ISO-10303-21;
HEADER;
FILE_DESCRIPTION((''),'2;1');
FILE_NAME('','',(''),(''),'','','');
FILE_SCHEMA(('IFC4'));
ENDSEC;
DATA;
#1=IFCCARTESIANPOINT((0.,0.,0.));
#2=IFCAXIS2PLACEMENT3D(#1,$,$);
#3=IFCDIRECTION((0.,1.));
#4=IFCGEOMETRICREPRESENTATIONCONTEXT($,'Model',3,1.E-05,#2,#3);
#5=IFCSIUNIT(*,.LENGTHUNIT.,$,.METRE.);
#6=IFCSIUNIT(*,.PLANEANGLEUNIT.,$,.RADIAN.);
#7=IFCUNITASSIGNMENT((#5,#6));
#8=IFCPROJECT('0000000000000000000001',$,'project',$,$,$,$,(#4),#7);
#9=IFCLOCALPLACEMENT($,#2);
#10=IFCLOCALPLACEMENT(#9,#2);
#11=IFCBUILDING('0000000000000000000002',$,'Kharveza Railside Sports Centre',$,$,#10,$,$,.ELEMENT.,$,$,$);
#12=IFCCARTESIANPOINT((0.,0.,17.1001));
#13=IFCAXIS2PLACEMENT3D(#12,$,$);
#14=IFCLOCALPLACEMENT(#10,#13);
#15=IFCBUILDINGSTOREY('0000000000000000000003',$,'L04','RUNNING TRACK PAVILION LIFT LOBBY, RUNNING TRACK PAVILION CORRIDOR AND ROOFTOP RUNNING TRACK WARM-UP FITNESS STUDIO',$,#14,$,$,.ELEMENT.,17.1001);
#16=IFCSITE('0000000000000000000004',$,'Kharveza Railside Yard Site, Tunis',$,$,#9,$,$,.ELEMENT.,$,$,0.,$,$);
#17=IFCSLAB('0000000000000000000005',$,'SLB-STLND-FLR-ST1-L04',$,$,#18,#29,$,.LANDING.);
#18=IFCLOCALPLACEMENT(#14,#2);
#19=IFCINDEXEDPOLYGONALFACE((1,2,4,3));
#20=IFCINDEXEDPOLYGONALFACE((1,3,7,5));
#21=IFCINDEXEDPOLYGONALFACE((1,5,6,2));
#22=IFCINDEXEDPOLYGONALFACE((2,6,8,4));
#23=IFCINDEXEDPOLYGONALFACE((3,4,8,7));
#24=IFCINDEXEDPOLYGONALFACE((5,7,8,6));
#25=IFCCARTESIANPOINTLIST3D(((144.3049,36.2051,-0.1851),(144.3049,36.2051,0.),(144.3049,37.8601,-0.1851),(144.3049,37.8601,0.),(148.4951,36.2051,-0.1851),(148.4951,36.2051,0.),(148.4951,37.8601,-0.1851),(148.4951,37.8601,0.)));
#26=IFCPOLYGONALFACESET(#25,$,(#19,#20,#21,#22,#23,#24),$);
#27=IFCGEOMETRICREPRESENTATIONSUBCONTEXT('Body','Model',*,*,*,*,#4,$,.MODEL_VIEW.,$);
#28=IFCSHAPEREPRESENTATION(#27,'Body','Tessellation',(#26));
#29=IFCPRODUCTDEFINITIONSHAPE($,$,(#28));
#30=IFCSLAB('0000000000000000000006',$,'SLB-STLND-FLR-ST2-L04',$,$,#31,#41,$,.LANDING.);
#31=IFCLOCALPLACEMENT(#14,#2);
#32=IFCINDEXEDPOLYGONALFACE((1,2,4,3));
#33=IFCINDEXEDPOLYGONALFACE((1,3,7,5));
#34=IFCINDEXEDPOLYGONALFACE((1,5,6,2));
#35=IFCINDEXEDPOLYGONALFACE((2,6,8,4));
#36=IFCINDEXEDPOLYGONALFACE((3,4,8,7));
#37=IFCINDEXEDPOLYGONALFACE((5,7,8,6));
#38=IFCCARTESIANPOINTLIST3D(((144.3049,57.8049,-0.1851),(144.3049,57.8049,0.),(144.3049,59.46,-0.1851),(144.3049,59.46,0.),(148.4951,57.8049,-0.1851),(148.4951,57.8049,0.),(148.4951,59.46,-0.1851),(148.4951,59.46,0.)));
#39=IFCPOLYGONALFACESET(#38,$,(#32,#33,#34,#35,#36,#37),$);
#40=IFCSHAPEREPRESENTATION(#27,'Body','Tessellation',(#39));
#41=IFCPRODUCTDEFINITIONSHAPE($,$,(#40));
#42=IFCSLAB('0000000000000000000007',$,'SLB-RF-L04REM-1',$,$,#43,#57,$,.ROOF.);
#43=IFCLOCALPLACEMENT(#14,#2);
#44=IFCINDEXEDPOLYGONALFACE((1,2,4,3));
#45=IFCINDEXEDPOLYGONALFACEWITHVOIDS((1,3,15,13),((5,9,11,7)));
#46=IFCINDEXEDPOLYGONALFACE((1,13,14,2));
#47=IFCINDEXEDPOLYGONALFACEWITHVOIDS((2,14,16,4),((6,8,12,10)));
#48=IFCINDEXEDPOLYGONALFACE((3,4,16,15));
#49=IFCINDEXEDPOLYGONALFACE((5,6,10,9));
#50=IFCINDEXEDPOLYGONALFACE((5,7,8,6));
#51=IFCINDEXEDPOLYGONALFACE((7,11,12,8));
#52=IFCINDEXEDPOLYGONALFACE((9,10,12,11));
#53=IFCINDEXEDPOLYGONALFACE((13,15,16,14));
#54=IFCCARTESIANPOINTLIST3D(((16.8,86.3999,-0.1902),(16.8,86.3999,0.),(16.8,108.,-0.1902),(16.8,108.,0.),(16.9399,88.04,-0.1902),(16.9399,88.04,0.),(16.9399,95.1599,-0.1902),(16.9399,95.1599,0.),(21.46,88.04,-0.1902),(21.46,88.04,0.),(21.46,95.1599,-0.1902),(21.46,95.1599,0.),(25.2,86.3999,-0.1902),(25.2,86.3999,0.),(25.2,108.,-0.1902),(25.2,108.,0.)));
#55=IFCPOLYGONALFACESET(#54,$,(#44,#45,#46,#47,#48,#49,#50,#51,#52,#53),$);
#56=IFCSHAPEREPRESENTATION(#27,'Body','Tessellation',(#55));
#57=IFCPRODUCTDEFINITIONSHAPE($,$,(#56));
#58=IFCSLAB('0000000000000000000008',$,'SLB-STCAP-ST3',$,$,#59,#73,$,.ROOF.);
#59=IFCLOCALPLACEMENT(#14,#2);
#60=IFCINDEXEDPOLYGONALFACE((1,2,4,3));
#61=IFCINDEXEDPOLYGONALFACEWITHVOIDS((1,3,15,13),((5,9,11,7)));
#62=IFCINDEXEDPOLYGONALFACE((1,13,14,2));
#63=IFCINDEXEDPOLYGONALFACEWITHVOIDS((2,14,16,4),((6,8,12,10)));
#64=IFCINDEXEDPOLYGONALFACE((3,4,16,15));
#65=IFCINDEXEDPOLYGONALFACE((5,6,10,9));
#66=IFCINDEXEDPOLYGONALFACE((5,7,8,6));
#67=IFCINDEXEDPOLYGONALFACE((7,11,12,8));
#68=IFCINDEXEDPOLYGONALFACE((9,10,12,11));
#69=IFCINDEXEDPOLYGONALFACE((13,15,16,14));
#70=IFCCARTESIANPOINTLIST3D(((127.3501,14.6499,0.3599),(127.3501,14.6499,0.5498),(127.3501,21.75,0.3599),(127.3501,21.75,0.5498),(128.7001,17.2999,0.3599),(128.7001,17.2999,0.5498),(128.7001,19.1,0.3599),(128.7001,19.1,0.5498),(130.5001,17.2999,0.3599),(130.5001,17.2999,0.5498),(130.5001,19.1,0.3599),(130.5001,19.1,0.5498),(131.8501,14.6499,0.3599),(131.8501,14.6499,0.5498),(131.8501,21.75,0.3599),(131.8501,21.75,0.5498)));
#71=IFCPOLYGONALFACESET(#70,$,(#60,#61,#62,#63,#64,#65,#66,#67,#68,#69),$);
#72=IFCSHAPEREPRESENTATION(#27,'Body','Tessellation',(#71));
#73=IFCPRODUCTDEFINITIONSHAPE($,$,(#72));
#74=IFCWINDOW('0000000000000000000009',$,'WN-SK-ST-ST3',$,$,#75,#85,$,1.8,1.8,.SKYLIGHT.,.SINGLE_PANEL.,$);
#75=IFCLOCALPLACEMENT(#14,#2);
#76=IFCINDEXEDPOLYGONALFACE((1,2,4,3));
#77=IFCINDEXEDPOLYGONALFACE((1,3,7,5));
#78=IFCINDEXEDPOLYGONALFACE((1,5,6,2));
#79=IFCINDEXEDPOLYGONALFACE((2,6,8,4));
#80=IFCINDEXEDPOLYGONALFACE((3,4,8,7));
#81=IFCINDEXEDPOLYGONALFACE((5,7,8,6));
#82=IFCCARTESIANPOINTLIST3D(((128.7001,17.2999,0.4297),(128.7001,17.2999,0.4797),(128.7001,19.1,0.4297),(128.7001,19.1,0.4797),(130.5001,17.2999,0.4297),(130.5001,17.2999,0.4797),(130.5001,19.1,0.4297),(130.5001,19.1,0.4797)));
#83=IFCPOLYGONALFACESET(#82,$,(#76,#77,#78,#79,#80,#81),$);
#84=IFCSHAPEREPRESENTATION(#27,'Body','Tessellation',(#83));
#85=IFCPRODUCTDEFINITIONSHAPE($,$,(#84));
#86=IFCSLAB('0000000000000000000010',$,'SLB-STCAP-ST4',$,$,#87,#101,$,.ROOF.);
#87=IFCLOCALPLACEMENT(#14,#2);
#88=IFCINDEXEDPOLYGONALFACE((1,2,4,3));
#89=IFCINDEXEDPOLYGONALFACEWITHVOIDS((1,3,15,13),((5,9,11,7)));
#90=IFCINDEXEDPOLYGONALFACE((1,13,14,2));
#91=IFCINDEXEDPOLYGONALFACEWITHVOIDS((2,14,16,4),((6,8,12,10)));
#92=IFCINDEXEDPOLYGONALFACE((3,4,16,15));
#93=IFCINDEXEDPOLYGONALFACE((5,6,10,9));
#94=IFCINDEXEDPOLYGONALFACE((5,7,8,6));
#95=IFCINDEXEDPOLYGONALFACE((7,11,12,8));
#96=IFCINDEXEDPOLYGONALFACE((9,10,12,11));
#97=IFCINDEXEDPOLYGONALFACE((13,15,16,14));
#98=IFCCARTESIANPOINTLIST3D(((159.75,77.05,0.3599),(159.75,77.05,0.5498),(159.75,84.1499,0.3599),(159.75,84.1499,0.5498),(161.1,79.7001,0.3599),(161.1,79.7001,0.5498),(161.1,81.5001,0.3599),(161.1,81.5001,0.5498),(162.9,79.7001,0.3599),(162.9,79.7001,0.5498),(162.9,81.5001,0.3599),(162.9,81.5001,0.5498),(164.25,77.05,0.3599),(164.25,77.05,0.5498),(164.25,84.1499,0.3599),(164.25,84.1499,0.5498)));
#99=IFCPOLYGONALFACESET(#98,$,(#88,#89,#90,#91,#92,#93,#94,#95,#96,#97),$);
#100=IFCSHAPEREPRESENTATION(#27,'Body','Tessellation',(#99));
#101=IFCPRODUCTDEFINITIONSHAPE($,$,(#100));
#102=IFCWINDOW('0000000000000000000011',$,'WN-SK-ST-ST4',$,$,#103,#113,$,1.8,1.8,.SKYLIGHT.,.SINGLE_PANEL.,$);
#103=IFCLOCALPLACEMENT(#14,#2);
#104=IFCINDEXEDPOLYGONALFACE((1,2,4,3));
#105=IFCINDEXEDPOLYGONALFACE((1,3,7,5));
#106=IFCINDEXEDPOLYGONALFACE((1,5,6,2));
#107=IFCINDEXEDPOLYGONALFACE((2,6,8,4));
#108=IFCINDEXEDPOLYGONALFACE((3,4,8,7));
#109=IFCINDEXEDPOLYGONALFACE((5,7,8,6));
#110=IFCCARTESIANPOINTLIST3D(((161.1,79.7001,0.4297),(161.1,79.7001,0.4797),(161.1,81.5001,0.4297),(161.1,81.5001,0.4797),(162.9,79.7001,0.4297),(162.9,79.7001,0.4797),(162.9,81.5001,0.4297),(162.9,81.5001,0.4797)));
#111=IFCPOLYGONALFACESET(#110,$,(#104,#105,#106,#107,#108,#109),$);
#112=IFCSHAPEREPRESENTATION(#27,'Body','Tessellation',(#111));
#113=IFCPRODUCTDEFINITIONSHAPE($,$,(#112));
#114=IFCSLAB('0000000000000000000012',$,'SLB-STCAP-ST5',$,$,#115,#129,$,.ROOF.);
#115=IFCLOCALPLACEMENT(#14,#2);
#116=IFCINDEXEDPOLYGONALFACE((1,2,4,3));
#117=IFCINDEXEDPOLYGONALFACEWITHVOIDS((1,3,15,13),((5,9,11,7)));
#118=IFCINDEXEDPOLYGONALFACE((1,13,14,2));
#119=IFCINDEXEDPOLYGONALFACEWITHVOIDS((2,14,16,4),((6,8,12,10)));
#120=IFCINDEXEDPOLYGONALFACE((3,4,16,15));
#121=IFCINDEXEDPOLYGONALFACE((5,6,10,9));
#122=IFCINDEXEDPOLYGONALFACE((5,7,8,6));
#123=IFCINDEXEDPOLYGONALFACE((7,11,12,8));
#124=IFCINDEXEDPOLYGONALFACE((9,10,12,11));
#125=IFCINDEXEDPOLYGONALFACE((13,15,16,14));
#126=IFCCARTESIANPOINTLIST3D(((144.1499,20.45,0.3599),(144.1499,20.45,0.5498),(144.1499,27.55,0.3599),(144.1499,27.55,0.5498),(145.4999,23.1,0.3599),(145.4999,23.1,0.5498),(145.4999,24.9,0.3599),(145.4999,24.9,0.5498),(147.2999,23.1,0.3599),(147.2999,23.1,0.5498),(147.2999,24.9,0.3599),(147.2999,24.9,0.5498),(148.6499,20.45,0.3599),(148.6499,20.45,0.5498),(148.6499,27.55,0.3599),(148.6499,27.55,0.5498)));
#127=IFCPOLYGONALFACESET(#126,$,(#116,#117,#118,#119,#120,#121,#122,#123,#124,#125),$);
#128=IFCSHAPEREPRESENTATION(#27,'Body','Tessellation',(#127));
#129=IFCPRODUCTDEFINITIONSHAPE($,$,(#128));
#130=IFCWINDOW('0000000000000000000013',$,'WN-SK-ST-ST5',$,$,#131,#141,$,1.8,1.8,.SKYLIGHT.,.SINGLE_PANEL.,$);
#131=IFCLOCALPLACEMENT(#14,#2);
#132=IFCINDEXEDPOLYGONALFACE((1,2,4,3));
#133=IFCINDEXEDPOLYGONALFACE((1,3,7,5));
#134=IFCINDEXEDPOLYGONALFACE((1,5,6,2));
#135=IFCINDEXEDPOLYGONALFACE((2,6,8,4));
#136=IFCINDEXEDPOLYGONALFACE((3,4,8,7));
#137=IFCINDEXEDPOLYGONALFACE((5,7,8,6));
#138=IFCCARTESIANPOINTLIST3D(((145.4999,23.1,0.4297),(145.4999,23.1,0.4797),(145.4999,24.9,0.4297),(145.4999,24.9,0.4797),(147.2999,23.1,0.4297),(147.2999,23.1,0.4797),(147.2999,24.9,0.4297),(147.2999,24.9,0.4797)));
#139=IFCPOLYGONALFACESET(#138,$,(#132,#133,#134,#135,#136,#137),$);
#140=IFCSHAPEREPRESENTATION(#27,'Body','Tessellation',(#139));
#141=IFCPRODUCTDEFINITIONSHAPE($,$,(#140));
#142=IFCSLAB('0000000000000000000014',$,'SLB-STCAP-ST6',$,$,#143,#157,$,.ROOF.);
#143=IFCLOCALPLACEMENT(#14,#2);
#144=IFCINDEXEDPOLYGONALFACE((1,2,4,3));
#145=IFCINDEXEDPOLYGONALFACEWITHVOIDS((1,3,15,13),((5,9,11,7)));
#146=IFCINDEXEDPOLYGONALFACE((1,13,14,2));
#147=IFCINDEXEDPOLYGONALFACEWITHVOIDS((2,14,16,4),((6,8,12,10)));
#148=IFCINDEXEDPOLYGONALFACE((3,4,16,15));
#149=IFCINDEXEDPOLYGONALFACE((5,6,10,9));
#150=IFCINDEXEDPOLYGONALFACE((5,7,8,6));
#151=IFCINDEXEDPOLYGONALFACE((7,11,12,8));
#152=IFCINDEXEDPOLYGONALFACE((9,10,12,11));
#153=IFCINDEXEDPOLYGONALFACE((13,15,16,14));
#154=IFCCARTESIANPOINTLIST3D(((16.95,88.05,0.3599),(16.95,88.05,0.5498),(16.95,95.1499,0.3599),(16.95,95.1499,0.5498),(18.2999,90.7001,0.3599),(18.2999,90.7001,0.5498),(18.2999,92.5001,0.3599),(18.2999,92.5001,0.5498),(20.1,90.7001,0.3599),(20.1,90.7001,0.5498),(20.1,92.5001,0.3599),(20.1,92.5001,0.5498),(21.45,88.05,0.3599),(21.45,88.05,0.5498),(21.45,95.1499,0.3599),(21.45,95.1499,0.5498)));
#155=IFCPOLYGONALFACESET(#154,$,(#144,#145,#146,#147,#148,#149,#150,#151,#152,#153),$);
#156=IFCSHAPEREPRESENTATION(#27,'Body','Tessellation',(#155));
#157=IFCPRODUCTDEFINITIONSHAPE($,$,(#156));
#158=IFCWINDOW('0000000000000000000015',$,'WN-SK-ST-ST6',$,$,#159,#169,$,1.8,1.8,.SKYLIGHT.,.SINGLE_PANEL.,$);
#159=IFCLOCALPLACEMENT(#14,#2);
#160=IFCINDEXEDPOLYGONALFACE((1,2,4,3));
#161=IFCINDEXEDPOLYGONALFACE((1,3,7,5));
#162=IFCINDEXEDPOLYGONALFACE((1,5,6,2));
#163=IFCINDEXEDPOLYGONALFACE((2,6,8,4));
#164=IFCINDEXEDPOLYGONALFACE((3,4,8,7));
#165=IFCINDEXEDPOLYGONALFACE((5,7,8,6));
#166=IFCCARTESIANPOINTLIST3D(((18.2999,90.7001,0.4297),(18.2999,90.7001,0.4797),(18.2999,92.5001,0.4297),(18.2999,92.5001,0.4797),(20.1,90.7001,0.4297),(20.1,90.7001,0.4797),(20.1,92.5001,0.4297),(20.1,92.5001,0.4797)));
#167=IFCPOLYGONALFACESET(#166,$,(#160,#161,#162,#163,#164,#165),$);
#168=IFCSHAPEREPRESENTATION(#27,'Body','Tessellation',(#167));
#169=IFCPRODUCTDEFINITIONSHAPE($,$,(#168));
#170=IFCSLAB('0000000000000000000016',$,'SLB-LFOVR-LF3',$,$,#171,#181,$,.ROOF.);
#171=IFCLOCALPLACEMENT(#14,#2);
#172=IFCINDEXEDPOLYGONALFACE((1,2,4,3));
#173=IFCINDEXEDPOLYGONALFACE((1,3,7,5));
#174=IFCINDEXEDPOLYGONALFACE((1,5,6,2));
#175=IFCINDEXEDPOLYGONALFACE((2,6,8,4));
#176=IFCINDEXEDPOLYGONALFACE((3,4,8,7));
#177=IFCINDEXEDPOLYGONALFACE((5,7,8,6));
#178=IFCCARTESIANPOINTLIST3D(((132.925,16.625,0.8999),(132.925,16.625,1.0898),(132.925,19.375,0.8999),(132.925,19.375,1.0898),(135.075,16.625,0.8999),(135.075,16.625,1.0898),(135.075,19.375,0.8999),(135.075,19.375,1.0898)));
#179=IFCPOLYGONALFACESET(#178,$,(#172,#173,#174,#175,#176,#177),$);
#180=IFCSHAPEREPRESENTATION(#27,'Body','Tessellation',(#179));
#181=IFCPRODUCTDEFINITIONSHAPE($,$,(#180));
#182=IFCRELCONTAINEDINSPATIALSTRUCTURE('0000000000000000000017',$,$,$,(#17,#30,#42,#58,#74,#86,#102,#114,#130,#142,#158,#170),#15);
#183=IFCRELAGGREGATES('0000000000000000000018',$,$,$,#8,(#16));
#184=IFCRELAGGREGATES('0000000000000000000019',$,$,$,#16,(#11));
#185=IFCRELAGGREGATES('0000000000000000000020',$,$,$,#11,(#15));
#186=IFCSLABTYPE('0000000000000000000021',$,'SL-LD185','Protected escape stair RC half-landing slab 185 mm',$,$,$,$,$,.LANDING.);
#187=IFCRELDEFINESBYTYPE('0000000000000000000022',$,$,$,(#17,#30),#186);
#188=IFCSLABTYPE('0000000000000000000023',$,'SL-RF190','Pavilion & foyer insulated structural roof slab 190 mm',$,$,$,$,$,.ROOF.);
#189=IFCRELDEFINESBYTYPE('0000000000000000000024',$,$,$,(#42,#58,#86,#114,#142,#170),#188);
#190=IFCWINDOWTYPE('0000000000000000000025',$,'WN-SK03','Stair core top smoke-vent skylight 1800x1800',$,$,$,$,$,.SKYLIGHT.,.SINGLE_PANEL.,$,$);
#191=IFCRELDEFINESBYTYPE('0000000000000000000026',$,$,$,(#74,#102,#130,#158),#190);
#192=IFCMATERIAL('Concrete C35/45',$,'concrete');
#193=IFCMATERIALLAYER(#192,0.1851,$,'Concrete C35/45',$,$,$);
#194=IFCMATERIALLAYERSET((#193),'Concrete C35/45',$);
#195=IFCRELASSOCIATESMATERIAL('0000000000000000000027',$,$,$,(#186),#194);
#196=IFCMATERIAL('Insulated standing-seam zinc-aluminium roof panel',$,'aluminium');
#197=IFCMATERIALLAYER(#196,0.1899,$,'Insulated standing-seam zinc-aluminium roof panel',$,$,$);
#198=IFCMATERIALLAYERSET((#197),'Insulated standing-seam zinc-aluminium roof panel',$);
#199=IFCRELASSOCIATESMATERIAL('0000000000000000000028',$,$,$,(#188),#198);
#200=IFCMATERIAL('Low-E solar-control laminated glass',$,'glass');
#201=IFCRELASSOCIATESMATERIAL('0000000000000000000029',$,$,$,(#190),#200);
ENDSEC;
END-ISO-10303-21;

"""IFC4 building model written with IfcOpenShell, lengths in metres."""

from ifc_helpers import new_model, si_unit, direction, frame, origin, origin_2d, place, context, subcontext, project, spatial, polyline, rectangle, outline, extrude, material, layer, layer_set, type_object, element, fill, save


model = new_model("IFC4")

# Units and contexts
model_context = context("Model", 3, precision=1e-05, world=origin(), true_north=direction((0.0, 1.0)))
body_context = subcontext(model_context, "Body", "Model", "MODEL_VIEW")
ifc_project = project(units=[si_unit("LENGTHUNIT", "METRE"), si_unit("PLANEANGLEUNIT", "RADIAN")], contexts=[model_context])

# Site, building, storey
site_placement = place(None, origin())
site = spatial("IfcSite", under=ifc_project, at=site_placement, Name="Kharveza Railside Yard Site, Tunis", CompositionType="ELEMENT", RefElevation=0.0)
building_placement = place(site_placement, origin())
building = spatial("IfcBuilding", under=site, at=building_placement, Name="Kharveza Railside Sports Centre", CompositionType="ELEMENT")
storey_placement = place(building_placement, frame((0.0, 0.0, 17.1001)))
storey = spatial("IfcBuildingStorey", under=building, at=storey_placement, Name="L04", Description="RUNNING TRACK PAVILION LIFT LOBBY, RUNNING TRACK PAVILION CORRIDOR AND ROOFTOP RUNNING TRACK WARM-UP FITNESS STUDIO", CompositionType="ELEMENT", Elevation=17.1001)

# Shared definitions
ifc_material_1 = material(Name="Low-E solar-control laminated glass", Category="glass")

# Slabs
ifc_material_2 = material(Name="Concrete C35/45", Category="concrete")
ifc_layer_1 = layer(ifc_material_2, 0.1851, Name="Concrete C35/45")
ifc_layer_set_1 = layer_set([ifc_layer_1], Name="Concrete C35/45")
slab_type_1 = type_object("IfcSlabType", Name="SL-LD185", Description="Protected escape stair RC half-landing slab 185 mm", PredefinedType="LANDING", material=ifc_layer_set_1)
slab_1_placement = place(storey_placement, frame((0.0, 0.0, -0.1851)))
element("IfcSlab", 1, at=slab_1_placement, inside=storey, type_object=slab_type_1, Name="SLB-STLND-FLR-ST1-L04", PredefinedType="LANDING", context=body_context, shape_type="SweptSolid", body=[
    extrude(outline(polyline([(144.3049, 36.2051), (148.4951, 36.2051), (148.4951, 37.8601), (144.3049, 37.8601), (144.3049, 36.2051)])), origin(), (0.0, 0.0, 1.0), 0.1851),
])
slab_2_placement = place(storey_placement, frame((0.0, 0.0, -0.1851)))
element("IfcSlab", 2, at=slab_2_placement, inside=storey, type_object=slab_type_1, Name="SLB-STLND-FLR-ST2-L04", PredefinedType="LANDING", context=body_context, shape_type="SweptSolid", body=[
    extrude(outline(polyline([(144.3049, 57.8049), (148.4951, 57.8049), (148.4951, 59.46), (144.3049, 59.46), (144.3049, 57.8049)])), origin(), (0.0, 0.0, 1.0), 0.1851),
])
ifc_material_3 = material(Name="Insulated standing-seam zinc-aluminium roof panel", Category="aluminium")
ifc_layer_2 = layer(ifc_material_3, 0.1899, Name="Insulated standing-seam zinc-aluminium roof panel")
ifc_layer_set_2 = layer_set([ifc_layer_2], Name="Insulated standing-seam zinc-aluminium roof panel")
slab_type_2 = type_object("IfcSlabType", Name="SL-RF190", Description="Pavilion & foyer insulated structural roof slab 190 mm", PredefinedType="ROOF", material=ifc_layer_set_2)
slab_3_placement = place(storey_placement, frame((0.0, 0.0, -0.1902)))
element("IfcSlab", 3, at=slab_3_placement, inside=storey, type_object=slab_type_2, Name="SLB-RF-L04REM-1", PredefinedType="ROOF", context=body_context, shape_type="SweptSolid", body=[
    extrude(outline(polyline([(25.2, 86.3999), (16.8, 86.3999), (16.8, 108.0), (25.2, 108.0), (25.2, 86.3999)]), holes=[polyline([(21.46, 88.04), (21.46, 95.1599), (16.9399, 95.1599), (16.9399, 88.04), (21.46, 88.04)])]), origin(), (0.0, 0.0, 1.0), 0.1902),
])

# Slabs, openings, windows
slab_4_placement = place(storey_placement, frame((0.0, 0.0, 0.3599)))
slab_4 = element("IfcSlab", 4, at=slab_4_placement, inside=storey, type_object=slab_type_2, Name="SLB-STCAP-ST3", PredefinedType="ROOF", context=body_context, shape_type="SweptSolid", body=[
    extrude(outline(polyline([(127.3501, 14.6499), (131.8501, 14.6499), (131.8501, 21.75), (127.3501, 21.75), (127.3501, 14.6499)])), origin(), (0.0, 0.0, 1.0), 0.1899),
])
opening_1_placement = place(slab_4_placement, frame((129.6001, 18.2, -0.0249)))
opening_1 = element("IfcOpeningElement", 5, at=opening_1_placement, cuts=slab_4, PredefinedType="OPENING", context=body_context, shape_type="SweptSolid", body=[
    extrude(rectangle(XDim=1.8, YDim=1.8, at=origin_2d()), origin(), (0.0, 0.0, 1.0), 0.2397),
])
window_type = type_object("IfcWindowType", Name="WN-SK03", Description="Stair core top smoke-vent skylight 1800x1800", PartitioningType="SINGLE_PANEL", PredefinedType="SKYLIGHT", material=ifc_material_1)
window_1_placement = place(slab_4_placement, frame((129.6001, 18.2, 0.0698)))
window_1 = element("IfcWindow", 6, at=window_1_placement, inside=storey, type_object=window_type, Name="WN-SK-ST-ST3", OverallHeight=1.8, OverallWidth=1.8, PartitioningType="SINGLE_PANEL", PredefinedType="SKYLIGHT", context=body_context, shape_type="SweptSolid", body=[
    extrude(rectangle(XDim=1.8, YDim=1.8, at=origin_2d()), origin(), (0.0, 0.0, 1.0), 0.05),
])
fill(opening_1, window_1)
slab_5_placement = place(storey_placement, frame((0.0, 0.0, 0.3599)))
slab_5 = element("IfcSlab", 7, at=slab_5_placement, inside=storey, type_object=slab_type_2, Name="SLB-STCAP-ST4", PredefinedType="ROOF", context=body_context, shape_type="SweptSolid", body=[
    extrude(outline(polyline([(159.75, 77.05), (164.25, 77.05), (164.25, 84.1499), (159.75, 84.1499), (159.75, 77.05)])), origin(), (0.0, 0.0, 1.0), 0.1899),
])
opening_2_placement = place(slab_5_placement, frame((162.0, 80.6001, -0.0249)))
opening_2 = element("IfcOpeningElement", 8, at=opening_2_placement, cuts=slab_5, PredefinedType="OPENING", context=body_context, shape_type="SweptSolid", body=[
    extrude(rectangle(XDim=1.8, YDim=1.8, at=origin_2d()), origin(), (0.0, 0.0, 1.0), 0.2397),
])
window_2_placement = place(slab_5_placement, frame((162.0, 80.6001, 0.0698)))
window_2 = element("IfcWindow", 9, at=window_2_placement, inside=storey, type_object=window_type, Name="WN-SK-ST-ST4", OverallHeight=1.8, OverallWidth=1.8, PartitioningType="SINGLE_PANEL", PredefinedType="SKYLIGHT", context=body_context, shape_type="SweptSolid", body=[
    extrude(rectangle(XDim=1.8, YDim=1.8, at=origin_2d()), origin(), (0.0, 0.0, 1.0), 0.05),
])
fill(opening_2, window_2)
slab_6_placement = place(storey_placement, frame((0.0, 0.0, 0.3599)))
slab_6 = element("IfcSlab", 10, at=slab_6_placement, inside=storey, type_object=slab_type_2, Name="SLB-STCAP-ST5", PredefinedType="ROOF", context=body_context, shape_type="SweptSolid", body=[
    extrude(outline(polyline([(144.1499, 20.45), (148.6499, 20.45), (148.6499, 27.55), (144.1499, 27.55), (144.1499, 20.45)])), origin(), (0.0, 0.0, 1.0), 0.1899),
])
opening_3_placement = place(slab_6_placement, frame((146.3999, 24.0, -0.0249)))
opening_3 = element("IfcOpeningElement", 11, at=opening_3_placement, cuts=slab_6, PredefinedType="OPENING", context=body_context, shape_type="SweptSolid", body=[
    extrude(rectangle(XDim=1.8, YDim=1.8, at=origin_2d()), origin(), (0.0, 0.0, 1.0), 0.2397),
])
window_3_placement = place(slab_6_placement, frame((146.3999, 24.0, 0.0698)))
window_3 = element("IfcWindow", 12, at=window_3_placement, inside=storey, type_object=window_type, Name="WN-SK-ST-ST5", OverallHeight=1.8, OverallWidth=1.8, PartitioningType="SINGLE_PANEL", PredefinedType="SKYLIGHT", context=body_context, shape_type="SweptSolid", body=[
    extrude(rectangle(XDim=1.8, YDim=1.8, at=origin_2d()), origin(), (0.0, 0.0, 1.0), 0.05),
])
fill(opening_3, window_3)
slab_7_placement = place(storey_placement, frame((0.0, 0.0, 0.3599)))
slab_7 = element("IfcSlab", 13, at=slab_7_placement, inside=storey, type_object=slab_type_2, Name="SLB-STCAP-ST6", PredefinedType="ROOF", context=body_context, shape_type="SweptSolid", body=[
    extrude(outline(polyline([(16.95, 88.05), (21.45, 88.05), (21.45, 95.1499), (16.95, 95.1499), (16.95, 88.05)])), origin(), (0.0, 0.0, 1.0), 0.1899),
])
opening_4_placement = place(slab_7_placement, frame((19.2, 91.6001, -0.0249)))
opening_4 = element("IfcOpeningElement", 14, at=opening_4_placement, cuts=slab_7, PredefinedType="OPENING", context=body_context, shape_type="SweptSolid", body=[
    extrude(rectangle(XDim=1.8, YDim=1.8, at=origin_2d()), origin(), (0.0, 0.0, 1.0), 0.2397),
])
window_4_placement = place(slab_7_placement, frame((19.2, 91.6001, 0.0698)))
window_4 = element("IfcWindow", 15, at=window_4_placement, inside=storey, type_object=window_type, Name="WN-SK-ST-ST6", OverallHeight=1.8, OverallWidth=1.8, PartitioningType="SINGLE_PANEL", PredefinedType="SKYLIGHT", context=body_context, shape_type="SweptSolid", body=[
    extrude(rectangle(XDim=1.8, YDim=1.8, at=origin_2d()), origin(), (0.0, 0.0, 1.0), 0.05),
])
fill(opening_4, window_4)

# Slab
slab_8_placement = place(storey_placement, frame((0.0, 0.0, 0.8999)))
element("IfcSlab", 16, at=slab_8_placement, inside=storey, type_object=slab_type_2, Name="SLB-LFOVR-LF3", PredefinedType="ROOF", context=body_context, shape_type="SweptSolid", body=[
    extrude(outline(polyline([(132.925, 16.625), (135.075, 16.625), (135.075, 19.375), (132.925, 19.375), (132.925, 16.625)])), origin(), (0.0, 0.0, 1.0), 0.1899),
])

save(model, "model.ifc")
